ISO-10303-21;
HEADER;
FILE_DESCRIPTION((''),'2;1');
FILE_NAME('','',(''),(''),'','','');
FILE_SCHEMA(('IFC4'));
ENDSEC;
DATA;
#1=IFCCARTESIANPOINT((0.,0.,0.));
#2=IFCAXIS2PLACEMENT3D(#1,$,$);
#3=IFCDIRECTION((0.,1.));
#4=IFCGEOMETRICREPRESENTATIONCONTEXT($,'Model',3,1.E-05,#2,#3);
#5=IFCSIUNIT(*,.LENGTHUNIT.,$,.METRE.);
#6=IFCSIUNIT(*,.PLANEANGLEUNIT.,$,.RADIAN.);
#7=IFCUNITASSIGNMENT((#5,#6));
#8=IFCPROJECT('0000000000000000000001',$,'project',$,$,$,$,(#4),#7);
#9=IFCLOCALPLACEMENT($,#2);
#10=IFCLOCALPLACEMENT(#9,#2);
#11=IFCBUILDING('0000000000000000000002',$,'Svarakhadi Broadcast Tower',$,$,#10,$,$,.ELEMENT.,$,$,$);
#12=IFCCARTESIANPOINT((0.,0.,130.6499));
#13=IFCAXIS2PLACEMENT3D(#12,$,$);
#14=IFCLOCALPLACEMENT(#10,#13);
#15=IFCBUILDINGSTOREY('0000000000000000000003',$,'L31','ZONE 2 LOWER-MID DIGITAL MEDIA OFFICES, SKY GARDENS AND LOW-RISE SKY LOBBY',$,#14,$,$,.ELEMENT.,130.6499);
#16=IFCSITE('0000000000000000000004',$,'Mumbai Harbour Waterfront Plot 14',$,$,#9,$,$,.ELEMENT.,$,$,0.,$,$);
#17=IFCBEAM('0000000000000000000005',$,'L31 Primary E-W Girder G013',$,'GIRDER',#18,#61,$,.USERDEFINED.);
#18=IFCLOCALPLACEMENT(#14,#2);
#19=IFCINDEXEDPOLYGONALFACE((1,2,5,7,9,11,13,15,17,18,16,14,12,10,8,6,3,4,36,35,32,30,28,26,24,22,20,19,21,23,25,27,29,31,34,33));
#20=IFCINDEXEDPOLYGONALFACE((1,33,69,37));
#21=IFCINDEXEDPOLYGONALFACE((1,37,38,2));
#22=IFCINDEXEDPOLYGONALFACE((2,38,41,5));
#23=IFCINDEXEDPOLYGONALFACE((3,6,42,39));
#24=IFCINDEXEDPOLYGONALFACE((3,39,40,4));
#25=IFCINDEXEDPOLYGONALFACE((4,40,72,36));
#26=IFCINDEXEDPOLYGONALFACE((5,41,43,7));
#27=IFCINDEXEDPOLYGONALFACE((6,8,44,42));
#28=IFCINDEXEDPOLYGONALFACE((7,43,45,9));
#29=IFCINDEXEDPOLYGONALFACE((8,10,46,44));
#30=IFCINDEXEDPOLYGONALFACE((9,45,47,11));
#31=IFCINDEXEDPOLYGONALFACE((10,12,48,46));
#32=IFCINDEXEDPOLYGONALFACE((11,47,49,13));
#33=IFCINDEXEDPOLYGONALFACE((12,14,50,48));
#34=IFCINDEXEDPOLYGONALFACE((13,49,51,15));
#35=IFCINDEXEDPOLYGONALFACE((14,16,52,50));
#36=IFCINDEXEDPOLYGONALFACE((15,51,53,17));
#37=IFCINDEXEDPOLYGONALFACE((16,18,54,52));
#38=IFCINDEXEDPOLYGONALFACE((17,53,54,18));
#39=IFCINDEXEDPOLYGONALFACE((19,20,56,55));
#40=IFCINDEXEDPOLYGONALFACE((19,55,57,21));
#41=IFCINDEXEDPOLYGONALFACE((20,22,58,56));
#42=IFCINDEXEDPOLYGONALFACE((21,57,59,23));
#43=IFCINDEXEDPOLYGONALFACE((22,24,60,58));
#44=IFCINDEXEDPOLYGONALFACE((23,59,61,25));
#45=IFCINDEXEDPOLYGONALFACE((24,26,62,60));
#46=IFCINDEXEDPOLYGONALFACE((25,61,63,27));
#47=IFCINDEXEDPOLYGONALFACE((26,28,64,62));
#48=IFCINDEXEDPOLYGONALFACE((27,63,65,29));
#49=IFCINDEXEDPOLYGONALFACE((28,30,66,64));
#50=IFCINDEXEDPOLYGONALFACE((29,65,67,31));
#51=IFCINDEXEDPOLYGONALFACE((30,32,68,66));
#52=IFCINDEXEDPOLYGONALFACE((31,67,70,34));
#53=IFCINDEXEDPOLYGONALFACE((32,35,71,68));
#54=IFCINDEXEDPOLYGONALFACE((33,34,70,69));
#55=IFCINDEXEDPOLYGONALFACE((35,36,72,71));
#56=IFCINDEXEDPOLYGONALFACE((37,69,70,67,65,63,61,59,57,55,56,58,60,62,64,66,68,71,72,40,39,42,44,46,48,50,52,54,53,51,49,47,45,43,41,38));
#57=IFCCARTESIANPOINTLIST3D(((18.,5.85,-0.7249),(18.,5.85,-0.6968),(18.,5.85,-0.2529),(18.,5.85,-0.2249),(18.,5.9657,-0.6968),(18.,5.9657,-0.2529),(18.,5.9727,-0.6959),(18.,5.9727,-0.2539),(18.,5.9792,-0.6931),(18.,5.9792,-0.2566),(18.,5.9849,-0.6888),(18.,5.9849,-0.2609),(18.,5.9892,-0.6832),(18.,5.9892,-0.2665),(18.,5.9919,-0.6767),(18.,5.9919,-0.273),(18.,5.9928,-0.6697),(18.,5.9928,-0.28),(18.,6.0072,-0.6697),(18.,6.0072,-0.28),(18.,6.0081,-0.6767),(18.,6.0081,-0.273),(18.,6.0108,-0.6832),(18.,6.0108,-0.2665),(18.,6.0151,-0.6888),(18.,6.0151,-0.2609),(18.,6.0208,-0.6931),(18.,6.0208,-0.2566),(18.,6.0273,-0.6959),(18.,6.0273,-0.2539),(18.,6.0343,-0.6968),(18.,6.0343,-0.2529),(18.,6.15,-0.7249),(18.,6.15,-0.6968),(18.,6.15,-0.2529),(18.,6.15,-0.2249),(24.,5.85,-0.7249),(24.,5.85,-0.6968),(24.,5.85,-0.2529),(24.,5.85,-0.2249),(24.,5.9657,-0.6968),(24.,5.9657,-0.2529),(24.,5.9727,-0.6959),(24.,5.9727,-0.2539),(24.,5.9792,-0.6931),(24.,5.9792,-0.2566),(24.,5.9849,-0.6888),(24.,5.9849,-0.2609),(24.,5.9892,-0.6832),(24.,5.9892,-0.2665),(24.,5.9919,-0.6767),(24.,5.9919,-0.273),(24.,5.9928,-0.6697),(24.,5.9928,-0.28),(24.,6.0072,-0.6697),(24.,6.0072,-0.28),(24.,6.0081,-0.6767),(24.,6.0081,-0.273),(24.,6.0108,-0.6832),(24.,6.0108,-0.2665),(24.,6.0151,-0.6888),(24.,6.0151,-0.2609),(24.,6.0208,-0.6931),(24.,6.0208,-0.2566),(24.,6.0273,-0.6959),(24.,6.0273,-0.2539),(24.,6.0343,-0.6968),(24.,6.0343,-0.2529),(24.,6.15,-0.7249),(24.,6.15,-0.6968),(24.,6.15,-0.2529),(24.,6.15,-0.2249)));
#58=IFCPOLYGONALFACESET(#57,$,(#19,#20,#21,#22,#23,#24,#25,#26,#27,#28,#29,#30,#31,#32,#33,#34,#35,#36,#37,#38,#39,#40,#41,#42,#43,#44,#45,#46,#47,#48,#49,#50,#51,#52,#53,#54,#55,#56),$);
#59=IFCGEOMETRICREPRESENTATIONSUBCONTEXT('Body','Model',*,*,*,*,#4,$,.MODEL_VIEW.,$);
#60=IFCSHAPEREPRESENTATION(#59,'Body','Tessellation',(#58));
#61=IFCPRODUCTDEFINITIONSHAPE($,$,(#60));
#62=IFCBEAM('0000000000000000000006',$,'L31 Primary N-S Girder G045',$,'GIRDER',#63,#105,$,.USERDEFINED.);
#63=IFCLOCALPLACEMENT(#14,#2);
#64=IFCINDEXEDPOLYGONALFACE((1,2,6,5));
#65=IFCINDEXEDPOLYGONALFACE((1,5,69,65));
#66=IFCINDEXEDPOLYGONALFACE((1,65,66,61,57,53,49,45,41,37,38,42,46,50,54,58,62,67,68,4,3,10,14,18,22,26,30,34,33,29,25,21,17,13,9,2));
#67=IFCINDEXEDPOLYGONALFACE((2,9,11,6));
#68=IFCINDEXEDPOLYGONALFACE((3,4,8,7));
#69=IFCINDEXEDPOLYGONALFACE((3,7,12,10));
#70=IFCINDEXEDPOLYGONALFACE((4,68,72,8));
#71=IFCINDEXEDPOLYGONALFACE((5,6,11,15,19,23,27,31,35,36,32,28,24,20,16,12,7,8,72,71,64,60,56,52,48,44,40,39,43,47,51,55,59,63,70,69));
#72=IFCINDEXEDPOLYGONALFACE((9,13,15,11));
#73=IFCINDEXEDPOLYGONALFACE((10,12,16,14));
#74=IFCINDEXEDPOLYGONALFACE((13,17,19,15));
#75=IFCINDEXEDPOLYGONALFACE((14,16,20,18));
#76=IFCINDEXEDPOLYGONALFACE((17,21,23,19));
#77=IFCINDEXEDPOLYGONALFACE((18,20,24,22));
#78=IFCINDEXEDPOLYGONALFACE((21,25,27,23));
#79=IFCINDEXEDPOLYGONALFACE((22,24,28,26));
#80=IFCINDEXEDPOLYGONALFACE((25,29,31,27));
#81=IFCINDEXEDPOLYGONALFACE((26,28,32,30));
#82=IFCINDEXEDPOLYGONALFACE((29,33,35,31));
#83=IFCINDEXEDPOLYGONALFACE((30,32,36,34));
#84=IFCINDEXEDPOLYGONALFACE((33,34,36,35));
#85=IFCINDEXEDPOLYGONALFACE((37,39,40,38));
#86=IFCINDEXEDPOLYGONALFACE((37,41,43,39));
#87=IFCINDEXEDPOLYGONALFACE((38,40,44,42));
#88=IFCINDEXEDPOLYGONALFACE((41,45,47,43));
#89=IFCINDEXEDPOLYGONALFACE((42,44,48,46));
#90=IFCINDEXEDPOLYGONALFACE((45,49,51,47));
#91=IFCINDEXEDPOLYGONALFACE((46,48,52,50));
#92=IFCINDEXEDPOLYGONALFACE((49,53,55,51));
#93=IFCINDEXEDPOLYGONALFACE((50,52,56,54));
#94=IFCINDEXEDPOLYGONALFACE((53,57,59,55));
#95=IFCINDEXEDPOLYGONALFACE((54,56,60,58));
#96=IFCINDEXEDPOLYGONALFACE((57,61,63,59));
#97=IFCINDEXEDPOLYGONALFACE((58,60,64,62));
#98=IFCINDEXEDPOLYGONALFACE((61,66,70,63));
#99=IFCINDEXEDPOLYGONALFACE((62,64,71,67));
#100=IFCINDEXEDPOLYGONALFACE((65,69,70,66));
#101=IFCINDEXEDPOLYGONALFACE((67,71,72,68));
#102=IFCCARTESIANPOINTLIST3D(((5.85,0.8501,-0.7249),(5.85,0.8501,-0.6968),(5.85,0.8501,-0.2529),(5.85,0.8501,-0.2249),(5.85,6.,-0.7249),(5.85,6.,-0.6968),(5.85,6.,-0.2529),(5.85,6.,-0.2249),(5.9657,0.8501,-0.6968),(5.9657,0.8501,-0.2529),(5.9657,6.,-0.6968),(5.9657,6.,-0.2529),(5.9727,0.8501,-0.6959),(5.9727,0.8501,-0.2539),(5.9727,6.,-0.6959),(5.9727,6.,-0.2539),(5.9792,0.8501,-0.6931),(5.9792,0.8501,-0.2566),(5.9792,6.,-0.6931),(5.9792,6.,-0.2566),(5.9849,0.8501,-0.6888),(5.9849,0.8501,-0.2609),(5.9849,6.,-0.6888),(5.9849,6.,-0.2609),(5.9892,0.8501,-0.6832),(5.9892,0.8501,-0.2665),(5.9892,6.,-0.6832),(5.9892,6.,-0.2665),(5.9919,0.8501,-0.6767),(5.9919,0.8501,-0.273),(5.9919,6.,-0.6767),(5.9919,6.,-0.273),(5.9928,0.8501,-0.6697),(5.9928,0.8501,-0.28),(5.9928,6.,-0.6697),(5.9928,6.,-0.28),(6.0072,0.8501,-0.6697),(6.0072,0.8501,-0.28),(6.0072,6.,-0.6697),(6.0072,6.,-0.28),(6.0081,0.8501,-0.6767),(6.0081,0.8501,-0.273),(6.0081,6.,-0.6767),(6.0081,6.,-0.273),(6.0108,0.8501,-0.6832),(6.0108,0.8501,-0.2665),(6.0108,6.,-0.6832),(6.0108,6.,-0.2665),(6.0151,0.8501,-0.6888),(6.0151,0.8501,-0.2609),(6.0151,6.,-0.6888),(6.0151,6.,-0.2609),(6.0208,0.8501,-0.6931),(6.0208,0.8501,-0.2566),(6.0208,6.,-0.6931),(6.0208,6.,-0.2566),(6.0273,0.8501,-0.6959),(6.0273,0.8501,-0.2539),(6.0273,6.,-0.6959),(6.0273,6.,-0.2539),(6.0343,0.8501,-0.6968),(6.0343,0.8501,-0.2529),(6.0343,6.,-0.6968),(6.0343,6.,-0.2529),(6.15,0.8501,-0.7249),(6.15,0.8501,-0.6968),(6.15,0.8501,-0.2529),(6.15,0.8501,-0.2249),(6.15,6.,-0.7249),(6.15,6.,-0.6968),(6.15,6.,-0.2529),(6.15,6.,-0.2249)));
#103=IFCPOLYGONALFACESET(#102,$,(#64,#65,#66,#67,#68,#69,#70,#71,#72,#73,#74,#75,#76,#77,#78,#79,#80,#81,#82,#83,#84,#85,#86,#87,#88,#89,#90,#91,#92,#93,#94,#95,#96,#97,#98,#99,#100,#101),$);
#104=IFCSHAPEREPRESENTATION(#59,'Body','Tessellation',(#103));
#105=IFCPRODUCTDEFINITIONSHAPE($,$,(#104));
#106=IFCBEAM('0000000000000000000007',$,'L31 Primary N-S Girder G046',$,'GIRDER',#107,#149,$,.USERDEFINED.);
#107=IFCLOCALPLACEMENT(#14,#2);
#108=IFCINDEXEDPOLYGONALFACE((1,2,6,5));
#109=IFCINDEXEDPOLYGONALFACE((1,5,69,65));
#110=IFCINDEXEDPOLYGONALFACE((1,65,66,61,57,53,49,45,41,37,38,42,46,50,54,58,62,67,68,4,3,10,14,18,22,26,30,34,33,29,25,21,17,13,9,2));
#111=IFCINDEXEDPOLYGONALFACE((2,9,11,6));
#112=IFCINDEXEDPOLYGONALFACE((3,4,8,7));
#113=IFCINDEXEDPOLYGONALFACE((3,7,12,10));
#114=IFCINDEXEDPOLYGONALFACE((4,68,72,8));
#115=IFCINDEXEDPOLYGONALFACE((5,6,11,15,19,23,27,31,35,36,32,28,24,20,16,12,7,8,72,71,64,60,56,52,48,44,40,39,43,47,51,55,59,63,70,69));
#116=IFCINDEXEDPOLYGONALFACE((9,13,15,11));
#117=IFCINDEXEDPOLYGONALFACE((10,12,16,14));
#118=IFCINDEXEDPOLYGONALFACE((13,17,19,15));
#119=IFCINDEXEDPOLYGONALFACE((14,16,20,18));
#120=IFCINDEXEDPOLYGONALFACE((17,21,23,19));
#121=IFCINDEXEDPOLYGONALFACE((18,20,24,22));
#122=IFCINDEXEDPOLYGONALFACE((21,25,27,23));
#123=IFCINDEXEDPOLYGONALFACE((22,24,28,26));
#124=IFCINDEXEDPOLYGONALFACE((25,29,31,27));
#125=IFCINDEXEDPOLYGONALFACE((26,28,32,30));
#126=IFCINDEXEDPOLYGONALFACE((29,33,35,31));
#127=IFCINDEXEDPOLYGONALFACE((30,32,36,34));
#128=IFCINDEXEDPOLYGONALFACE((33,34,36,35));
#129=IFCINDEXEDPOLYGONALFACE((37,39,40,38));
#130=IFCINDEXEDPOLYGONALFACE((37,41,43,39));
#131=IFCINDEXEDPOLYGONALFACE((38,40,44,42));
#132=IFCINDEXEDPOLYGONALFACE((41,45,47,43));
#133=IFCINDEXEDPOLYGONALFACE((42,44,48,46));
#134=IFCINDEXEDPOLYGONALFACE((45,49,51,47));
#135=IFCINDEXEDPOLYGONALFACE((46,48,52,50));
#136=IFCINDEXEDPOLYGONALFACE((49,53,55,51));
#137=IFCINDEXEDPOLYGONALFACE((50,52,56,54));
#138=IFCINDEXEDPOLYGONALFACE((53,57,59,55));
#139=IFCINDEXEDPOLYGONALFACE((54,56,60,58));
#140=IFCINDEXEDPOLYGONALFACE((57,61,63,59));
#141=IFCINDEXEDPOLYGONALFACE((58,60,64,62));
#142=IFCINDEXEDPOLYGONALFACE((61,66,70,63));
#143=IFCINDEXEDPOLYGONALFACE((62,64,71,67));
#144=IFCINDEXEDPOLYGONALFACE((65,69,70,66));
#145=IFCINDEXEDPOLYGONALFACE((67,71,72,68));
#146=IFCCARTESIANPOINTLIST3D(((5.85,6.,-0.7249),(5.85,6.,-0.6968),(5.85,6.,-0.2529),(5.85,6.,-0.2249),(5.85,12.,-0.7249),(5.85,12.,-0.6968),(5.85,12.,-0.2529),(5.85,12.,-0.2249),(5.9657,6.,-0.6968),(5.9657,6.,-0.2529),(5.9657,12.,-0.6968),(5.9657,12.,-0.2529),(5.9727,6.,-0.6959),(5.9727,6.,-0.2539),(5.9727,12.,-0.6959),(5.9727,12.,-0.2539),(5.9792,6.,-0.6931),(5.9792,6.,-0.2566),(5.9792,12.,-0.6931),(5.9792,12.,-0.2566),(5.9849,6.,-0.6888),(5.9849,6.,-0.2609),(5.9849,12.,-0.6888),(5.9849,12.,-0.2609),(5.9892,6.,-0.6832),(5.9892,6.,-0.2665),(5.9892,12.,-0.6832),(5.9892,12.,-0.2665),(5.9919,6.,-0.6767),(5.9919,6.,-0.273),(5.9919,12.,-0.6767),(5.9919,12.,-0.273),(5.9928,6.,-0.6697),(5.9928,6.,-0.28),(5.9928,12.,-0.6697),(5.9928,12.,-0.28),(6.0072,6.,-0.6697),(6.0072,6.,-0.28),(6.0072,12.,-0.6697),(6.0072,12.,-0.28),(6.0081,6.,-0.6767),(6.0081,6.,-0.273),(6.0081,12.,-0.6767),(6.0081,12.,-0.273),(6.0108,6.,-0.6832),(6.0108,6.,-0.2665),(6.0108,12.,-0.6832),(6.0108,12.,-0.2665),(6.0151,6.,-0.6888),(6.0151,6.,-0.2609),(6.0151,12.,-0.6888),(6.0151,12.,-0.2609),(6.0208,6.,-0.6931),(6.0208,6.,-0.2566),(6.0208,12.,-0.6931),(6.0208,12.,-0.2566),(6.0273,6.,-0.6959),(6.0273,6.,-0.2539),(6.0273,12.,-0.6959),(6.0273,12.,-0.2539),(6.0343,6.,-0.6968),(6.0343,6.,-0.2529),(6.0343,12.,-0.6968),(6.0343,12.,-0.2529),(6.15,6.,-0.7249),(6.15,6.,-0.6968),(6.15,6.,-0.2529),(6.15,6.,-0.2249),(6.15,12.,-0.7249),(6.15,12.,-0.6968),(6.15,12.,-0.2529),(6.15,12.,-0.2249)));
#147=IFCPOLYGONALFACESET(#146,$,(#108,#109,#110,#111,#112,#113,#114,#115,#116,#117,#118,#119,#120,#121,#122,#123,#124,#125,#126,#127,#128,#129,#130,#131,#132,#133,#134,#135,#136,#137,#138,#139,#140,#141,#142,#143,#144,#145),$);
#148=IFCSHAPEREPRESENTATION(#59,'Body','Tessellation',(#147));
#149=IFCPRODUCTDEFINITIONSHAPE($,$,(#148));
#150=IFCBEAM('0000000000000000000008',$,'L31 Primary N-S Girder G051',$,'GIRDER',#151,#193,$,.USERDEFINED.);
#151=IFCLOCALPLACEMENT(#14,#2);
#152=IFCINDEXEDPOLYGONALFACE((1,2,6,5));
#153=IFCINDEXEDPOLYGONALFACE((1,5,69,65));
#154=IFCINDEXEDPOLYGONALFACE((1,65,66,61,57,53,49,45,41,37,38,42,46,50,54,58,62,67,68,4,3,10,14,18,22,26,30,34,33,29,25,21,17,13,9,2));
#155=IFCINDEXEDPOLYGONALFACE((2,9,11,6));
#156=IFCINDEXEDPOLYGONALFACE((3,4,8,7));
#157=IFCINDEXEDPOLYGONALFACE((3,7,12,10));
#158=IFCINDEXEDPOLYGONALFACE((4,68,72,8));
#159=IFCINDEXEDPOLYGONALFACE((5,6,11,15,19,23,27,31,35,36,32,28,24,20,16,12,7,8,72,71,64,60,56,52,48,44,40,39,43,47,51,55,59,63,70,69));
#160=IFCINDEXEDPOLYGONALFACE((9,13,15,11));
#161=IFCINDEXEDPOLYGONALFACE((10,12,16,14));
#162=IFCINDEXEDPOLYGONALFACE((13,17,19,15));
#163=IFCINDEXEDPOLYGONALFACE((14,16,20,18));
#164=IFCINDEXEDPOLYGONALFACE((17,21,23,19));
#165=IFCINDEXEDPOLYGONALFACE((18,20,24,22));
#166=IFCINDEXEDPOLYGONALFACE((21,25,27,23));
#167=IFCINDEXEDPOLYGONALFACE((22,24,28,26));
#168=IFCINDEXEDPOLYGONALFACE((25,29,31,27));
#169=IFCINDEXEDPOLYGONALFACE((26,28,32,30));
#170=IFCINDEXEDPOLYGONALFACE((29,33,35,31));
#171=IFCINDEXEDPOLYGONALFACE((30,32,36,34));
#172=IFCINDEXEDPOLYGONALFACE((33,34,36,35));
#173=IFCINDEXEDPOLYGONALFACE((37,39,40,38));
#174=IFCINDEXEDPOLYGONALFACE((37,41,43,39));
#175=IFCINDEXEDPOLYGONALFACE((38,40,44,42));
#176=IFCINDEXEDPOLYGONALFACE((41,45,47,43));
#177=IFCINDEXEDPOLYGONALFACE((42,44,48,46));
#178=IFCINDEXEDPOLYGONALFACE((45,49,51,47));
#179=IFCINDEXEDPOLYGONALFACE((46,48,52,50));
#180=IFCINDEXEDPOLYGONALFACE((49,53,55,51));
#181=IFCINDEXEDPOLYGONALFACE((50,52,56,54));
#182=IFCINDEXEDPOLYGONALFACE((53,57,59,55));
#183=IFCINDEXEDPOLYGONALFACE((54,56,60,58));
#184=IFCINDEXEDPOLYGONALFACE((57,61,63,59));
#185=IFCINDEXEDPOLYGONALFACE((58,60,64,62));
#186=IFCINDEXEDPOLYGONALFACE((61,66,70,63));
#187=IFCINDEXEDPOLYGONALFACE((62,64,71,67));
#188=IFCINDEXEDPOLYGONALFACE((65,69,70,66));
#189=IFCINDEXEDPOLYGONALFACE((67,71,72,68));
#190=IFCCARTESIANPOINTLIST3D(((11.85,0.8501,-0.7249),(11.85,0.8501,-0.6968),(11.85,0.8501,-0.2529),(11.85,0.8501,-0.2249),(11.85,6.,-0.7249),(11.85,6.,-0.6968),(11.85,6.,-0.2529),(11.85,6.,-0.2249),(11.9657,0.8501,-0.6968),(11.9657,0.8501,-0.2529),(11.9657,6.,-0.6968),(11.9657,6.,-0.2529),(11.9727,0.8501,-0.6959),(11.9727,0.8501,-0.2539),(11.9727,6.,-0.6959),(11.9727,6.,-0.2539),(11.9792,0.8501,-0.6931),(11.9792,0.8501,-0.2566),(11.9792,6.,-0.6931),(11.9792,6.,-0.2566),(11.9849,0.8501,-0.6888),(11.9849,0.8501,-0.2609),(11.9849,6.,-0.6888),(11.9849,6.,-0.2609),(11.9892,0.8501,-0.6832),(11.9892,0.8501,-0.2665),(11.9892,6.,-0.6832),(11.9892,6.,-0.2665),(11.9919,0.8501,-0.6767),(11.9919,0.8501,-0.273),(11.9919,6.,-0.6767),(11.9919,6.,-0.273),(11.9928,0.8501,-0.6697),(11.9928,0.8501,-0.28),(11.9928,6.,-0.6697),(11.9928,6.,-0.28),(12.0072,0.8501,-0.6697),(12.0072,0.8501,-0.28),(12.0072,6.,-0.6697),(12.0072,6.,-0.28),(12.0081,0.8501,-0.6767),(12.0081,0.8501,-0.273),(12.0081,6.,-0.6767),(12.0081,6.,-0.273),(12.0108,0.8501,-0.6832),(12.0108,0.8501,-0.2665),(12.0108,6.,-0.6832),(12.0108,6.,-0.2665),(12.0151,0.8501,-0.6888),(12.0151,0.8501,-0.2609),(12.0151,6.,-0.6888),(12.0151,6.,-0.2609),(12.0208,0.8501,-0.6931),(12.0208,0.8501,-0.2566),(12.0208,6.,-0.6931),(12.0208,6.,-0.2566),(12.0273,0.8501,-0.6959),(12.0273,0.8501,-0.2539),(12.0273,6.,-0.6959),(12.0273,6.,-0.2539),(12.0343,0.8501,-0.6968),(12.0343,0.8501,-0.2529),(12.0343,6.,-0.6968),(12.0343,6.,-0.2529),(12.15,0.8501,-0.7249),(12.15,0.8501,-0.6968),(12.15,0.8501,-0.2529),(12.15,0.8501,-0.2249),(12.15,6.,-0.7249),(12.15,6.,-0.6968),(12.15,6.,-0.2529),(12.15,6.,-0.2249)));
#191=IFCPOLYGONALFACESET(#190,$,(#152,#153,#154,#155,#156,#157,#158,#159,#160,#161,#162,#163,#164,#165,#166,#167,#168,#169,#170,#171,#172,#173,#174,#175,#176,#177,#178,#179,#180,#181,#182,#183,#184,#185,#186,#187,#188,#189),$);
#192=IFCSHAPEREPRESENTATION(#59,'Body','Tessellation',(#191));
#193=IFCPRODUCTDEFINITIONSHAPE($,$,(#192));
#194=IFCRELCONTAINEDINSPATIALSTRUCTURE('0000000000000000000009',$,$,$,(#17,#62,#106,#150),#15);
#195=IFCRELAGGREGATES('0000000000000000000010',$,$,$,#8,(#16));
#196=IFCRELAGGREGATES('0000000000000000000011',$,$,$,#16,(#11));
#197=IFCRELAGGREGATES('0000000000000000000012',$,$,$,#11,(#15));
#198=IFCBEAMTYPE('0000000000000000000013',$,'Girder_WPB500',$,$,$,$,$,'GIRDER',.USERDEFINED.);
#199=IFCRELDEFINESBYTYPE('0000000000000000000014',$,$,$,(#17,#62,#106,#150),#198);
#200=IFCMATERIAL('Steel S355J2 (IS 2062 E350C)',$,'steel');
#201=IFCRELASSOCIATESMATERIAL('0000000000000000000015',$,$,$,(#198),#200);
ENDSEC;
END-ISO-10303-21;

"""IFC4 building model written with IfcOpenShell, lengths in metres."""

from ifc_helpers import new_model, si_unit, direction, frame, origin, origin_2d, place, context, subcontext, project, spatial, i_section, extrude, material, material_profile, profile_set, type_object, element, save


model = new_model("IFC4")

# Units and contexts
model_context = context("Model", 3, precision=1e-05, world=origin(), true_north=direction((0.0, 1.0)))
body_context = subcontext(model_context, "Body", "Model", "MODEL_VIEW")
ifc_project = project(units=[si_unit("LENGTHUNIT", "METRE"), si_unit("PLANEANGLEUNIT", "RADIAN")], contexts=[model_context])

# Site, building, storey
site_placement = place(None, origin())
site = spatial("IfcSite", under=ifc_project, at=site_placement, Name="Mumbai Harbour Waterfront Plot 14", CompositionType="ELEMENT", RefElevation=0.0)
building_placement = place(site_placement, origin())
building = spatial("IfcBuilding", under=site, at=building_placement, Name="Svarakhadi Broadcast Tower", CompositionType="ELEMENT")
storey_placement = place(building_placement, frame((0.0, 0.0, 130.6499)))
storey = spatial("IfcBuildingStorey", under=building, at=storey_placement, Name="L31", Description="ZONE 2 LOWER-MID DIGITAL MEDIA OFFICES, SKY GARDENS AND LOW-RISE SKY LOBBY", CompositionType="ELEMENT", Elevation=130.6499)

# Shared definitions
ifc_material_1 = material(Name="Steel S355J2 (IS 2062 E350C)", Category="steel")

# Beams
ifc_material_profile_1 = material_profile(ifc_material_1, i_section(OverallWidth=0.3, OverallDepth=0.5, WebThickness=0.0144, FlangeThickness=0.0281, FilletRadius=0.0271, at=origin_2d()), Name="WPB 500x300x187")
ifc_profile_set_1 = profile_set([ifc_material_profile_1], Name="Steel S355J2 (IS 2062 E350C)")
beam_type_1 = type_object("IfcBeamType", Name="Girder_WPB500", ElementType="GIRDER", PredefinedType="USERDEFINED", material=ifc_profile_set_1)
for number, where, z_axis, x_axis, name in (
    (1, (18.0, 6.0, -0.4749), (1.0, 0.0, 0.0), (0.0, 1.0, 0.0), "L31 Primary E-W Girder G013"),
):
    element("IfcBeam", number, at=place(storey_placement, frame(where, z_axis=z_axis, x_axis=x_axis)), inside=storey, type_object=beam_type_1, Name=name, ObjectType="GIRDER", PredefinedType="USERDEFINED", context=body_context, shape_type="SweptSolid", body=[
        extrude(i_section(OverallWidth=0.3, OverallDepth=0.5, WebThickness=0.0144, FlangeThickness=0.0281, FilletRadius=0.0271, at=origin_2d()), origin(), (0.0, 0.0, 1.0), 6.0),
    ])
beam_1_placement = place(storey_placement, frame((6.0, 0.8501, -0.4749), z_axis=(0.0, 1.0, 0.0), x_axis=(-1.0, 0.0, 0.0)))
element("IfcBeam", 2, at=beam_1_placement, inside=storey, type_object=beam_type_1, Name="L31 Primary N-S Girder G045", ObjectType="GIRDER", PredefinedType="USERDEFINED", context=body_context, shape_type="SweptSolid", body=[
    extrude(i_section(OverallWidth=0.3, OverallDepth=0.5, WebThickness=0.0144, FlangeThickness=0.0281, FilletRadius=0.0271, at=origin_2d()), origin(), (0.0, 0.0, 1.0), 5.1499),
])
beam_2_placement = place(storey_placement, frame((6.0, 6.0, -0.4749), z_axis=(0.0, 1.0, 0.0), x_axis=(-1.0, 0.0, 0.0)))
element("IfcBeam", 3, at=beam_2_placement, inside=storey, type_object=beam_type_1, Name="L31 Primary N-S Girder G046", ObjectType="GIRDER", PredefinedType="USERDEFINED", context=body_context, shape_type="SweptSolid", body=[
    extrude(i_section(OverallWidth=0.3, OverallDepth=0.5, WebThickness=0.0144, FlangeThickness=0.0281, FilletRadius=0.0271, at=origin_2d()), origin(), (0.0, 0.0, 1.0), 6.0),
])
beam_3_placement = place(storey_placement, frame((12.0, 0.8501, -0.4749), z_axis=(0.0, 1.0, 0.0), x_axis=(-1.0, 0.0, 0.0)))
element("IfcBeam", 4, at=beam_3_placement, inside=storey, type_object=beam_type_1, Name="L31 Primary N-S Girder G051", ObjectType="GIRDER", PredefinedType="USERDEFINED", context=body_context, shape_type="SweptSolid", body=[
    extrude(i_section(OverallWidth=0.3, OverallDepth=0.5, WebThickness=0.0144, FlangeThickness=0.0281, FilletRadius=0.0271, at=origin_2d()), origin(), (0.0, 0.0, 1.0), 5.1499),
])

save(model, "model.ifc")
